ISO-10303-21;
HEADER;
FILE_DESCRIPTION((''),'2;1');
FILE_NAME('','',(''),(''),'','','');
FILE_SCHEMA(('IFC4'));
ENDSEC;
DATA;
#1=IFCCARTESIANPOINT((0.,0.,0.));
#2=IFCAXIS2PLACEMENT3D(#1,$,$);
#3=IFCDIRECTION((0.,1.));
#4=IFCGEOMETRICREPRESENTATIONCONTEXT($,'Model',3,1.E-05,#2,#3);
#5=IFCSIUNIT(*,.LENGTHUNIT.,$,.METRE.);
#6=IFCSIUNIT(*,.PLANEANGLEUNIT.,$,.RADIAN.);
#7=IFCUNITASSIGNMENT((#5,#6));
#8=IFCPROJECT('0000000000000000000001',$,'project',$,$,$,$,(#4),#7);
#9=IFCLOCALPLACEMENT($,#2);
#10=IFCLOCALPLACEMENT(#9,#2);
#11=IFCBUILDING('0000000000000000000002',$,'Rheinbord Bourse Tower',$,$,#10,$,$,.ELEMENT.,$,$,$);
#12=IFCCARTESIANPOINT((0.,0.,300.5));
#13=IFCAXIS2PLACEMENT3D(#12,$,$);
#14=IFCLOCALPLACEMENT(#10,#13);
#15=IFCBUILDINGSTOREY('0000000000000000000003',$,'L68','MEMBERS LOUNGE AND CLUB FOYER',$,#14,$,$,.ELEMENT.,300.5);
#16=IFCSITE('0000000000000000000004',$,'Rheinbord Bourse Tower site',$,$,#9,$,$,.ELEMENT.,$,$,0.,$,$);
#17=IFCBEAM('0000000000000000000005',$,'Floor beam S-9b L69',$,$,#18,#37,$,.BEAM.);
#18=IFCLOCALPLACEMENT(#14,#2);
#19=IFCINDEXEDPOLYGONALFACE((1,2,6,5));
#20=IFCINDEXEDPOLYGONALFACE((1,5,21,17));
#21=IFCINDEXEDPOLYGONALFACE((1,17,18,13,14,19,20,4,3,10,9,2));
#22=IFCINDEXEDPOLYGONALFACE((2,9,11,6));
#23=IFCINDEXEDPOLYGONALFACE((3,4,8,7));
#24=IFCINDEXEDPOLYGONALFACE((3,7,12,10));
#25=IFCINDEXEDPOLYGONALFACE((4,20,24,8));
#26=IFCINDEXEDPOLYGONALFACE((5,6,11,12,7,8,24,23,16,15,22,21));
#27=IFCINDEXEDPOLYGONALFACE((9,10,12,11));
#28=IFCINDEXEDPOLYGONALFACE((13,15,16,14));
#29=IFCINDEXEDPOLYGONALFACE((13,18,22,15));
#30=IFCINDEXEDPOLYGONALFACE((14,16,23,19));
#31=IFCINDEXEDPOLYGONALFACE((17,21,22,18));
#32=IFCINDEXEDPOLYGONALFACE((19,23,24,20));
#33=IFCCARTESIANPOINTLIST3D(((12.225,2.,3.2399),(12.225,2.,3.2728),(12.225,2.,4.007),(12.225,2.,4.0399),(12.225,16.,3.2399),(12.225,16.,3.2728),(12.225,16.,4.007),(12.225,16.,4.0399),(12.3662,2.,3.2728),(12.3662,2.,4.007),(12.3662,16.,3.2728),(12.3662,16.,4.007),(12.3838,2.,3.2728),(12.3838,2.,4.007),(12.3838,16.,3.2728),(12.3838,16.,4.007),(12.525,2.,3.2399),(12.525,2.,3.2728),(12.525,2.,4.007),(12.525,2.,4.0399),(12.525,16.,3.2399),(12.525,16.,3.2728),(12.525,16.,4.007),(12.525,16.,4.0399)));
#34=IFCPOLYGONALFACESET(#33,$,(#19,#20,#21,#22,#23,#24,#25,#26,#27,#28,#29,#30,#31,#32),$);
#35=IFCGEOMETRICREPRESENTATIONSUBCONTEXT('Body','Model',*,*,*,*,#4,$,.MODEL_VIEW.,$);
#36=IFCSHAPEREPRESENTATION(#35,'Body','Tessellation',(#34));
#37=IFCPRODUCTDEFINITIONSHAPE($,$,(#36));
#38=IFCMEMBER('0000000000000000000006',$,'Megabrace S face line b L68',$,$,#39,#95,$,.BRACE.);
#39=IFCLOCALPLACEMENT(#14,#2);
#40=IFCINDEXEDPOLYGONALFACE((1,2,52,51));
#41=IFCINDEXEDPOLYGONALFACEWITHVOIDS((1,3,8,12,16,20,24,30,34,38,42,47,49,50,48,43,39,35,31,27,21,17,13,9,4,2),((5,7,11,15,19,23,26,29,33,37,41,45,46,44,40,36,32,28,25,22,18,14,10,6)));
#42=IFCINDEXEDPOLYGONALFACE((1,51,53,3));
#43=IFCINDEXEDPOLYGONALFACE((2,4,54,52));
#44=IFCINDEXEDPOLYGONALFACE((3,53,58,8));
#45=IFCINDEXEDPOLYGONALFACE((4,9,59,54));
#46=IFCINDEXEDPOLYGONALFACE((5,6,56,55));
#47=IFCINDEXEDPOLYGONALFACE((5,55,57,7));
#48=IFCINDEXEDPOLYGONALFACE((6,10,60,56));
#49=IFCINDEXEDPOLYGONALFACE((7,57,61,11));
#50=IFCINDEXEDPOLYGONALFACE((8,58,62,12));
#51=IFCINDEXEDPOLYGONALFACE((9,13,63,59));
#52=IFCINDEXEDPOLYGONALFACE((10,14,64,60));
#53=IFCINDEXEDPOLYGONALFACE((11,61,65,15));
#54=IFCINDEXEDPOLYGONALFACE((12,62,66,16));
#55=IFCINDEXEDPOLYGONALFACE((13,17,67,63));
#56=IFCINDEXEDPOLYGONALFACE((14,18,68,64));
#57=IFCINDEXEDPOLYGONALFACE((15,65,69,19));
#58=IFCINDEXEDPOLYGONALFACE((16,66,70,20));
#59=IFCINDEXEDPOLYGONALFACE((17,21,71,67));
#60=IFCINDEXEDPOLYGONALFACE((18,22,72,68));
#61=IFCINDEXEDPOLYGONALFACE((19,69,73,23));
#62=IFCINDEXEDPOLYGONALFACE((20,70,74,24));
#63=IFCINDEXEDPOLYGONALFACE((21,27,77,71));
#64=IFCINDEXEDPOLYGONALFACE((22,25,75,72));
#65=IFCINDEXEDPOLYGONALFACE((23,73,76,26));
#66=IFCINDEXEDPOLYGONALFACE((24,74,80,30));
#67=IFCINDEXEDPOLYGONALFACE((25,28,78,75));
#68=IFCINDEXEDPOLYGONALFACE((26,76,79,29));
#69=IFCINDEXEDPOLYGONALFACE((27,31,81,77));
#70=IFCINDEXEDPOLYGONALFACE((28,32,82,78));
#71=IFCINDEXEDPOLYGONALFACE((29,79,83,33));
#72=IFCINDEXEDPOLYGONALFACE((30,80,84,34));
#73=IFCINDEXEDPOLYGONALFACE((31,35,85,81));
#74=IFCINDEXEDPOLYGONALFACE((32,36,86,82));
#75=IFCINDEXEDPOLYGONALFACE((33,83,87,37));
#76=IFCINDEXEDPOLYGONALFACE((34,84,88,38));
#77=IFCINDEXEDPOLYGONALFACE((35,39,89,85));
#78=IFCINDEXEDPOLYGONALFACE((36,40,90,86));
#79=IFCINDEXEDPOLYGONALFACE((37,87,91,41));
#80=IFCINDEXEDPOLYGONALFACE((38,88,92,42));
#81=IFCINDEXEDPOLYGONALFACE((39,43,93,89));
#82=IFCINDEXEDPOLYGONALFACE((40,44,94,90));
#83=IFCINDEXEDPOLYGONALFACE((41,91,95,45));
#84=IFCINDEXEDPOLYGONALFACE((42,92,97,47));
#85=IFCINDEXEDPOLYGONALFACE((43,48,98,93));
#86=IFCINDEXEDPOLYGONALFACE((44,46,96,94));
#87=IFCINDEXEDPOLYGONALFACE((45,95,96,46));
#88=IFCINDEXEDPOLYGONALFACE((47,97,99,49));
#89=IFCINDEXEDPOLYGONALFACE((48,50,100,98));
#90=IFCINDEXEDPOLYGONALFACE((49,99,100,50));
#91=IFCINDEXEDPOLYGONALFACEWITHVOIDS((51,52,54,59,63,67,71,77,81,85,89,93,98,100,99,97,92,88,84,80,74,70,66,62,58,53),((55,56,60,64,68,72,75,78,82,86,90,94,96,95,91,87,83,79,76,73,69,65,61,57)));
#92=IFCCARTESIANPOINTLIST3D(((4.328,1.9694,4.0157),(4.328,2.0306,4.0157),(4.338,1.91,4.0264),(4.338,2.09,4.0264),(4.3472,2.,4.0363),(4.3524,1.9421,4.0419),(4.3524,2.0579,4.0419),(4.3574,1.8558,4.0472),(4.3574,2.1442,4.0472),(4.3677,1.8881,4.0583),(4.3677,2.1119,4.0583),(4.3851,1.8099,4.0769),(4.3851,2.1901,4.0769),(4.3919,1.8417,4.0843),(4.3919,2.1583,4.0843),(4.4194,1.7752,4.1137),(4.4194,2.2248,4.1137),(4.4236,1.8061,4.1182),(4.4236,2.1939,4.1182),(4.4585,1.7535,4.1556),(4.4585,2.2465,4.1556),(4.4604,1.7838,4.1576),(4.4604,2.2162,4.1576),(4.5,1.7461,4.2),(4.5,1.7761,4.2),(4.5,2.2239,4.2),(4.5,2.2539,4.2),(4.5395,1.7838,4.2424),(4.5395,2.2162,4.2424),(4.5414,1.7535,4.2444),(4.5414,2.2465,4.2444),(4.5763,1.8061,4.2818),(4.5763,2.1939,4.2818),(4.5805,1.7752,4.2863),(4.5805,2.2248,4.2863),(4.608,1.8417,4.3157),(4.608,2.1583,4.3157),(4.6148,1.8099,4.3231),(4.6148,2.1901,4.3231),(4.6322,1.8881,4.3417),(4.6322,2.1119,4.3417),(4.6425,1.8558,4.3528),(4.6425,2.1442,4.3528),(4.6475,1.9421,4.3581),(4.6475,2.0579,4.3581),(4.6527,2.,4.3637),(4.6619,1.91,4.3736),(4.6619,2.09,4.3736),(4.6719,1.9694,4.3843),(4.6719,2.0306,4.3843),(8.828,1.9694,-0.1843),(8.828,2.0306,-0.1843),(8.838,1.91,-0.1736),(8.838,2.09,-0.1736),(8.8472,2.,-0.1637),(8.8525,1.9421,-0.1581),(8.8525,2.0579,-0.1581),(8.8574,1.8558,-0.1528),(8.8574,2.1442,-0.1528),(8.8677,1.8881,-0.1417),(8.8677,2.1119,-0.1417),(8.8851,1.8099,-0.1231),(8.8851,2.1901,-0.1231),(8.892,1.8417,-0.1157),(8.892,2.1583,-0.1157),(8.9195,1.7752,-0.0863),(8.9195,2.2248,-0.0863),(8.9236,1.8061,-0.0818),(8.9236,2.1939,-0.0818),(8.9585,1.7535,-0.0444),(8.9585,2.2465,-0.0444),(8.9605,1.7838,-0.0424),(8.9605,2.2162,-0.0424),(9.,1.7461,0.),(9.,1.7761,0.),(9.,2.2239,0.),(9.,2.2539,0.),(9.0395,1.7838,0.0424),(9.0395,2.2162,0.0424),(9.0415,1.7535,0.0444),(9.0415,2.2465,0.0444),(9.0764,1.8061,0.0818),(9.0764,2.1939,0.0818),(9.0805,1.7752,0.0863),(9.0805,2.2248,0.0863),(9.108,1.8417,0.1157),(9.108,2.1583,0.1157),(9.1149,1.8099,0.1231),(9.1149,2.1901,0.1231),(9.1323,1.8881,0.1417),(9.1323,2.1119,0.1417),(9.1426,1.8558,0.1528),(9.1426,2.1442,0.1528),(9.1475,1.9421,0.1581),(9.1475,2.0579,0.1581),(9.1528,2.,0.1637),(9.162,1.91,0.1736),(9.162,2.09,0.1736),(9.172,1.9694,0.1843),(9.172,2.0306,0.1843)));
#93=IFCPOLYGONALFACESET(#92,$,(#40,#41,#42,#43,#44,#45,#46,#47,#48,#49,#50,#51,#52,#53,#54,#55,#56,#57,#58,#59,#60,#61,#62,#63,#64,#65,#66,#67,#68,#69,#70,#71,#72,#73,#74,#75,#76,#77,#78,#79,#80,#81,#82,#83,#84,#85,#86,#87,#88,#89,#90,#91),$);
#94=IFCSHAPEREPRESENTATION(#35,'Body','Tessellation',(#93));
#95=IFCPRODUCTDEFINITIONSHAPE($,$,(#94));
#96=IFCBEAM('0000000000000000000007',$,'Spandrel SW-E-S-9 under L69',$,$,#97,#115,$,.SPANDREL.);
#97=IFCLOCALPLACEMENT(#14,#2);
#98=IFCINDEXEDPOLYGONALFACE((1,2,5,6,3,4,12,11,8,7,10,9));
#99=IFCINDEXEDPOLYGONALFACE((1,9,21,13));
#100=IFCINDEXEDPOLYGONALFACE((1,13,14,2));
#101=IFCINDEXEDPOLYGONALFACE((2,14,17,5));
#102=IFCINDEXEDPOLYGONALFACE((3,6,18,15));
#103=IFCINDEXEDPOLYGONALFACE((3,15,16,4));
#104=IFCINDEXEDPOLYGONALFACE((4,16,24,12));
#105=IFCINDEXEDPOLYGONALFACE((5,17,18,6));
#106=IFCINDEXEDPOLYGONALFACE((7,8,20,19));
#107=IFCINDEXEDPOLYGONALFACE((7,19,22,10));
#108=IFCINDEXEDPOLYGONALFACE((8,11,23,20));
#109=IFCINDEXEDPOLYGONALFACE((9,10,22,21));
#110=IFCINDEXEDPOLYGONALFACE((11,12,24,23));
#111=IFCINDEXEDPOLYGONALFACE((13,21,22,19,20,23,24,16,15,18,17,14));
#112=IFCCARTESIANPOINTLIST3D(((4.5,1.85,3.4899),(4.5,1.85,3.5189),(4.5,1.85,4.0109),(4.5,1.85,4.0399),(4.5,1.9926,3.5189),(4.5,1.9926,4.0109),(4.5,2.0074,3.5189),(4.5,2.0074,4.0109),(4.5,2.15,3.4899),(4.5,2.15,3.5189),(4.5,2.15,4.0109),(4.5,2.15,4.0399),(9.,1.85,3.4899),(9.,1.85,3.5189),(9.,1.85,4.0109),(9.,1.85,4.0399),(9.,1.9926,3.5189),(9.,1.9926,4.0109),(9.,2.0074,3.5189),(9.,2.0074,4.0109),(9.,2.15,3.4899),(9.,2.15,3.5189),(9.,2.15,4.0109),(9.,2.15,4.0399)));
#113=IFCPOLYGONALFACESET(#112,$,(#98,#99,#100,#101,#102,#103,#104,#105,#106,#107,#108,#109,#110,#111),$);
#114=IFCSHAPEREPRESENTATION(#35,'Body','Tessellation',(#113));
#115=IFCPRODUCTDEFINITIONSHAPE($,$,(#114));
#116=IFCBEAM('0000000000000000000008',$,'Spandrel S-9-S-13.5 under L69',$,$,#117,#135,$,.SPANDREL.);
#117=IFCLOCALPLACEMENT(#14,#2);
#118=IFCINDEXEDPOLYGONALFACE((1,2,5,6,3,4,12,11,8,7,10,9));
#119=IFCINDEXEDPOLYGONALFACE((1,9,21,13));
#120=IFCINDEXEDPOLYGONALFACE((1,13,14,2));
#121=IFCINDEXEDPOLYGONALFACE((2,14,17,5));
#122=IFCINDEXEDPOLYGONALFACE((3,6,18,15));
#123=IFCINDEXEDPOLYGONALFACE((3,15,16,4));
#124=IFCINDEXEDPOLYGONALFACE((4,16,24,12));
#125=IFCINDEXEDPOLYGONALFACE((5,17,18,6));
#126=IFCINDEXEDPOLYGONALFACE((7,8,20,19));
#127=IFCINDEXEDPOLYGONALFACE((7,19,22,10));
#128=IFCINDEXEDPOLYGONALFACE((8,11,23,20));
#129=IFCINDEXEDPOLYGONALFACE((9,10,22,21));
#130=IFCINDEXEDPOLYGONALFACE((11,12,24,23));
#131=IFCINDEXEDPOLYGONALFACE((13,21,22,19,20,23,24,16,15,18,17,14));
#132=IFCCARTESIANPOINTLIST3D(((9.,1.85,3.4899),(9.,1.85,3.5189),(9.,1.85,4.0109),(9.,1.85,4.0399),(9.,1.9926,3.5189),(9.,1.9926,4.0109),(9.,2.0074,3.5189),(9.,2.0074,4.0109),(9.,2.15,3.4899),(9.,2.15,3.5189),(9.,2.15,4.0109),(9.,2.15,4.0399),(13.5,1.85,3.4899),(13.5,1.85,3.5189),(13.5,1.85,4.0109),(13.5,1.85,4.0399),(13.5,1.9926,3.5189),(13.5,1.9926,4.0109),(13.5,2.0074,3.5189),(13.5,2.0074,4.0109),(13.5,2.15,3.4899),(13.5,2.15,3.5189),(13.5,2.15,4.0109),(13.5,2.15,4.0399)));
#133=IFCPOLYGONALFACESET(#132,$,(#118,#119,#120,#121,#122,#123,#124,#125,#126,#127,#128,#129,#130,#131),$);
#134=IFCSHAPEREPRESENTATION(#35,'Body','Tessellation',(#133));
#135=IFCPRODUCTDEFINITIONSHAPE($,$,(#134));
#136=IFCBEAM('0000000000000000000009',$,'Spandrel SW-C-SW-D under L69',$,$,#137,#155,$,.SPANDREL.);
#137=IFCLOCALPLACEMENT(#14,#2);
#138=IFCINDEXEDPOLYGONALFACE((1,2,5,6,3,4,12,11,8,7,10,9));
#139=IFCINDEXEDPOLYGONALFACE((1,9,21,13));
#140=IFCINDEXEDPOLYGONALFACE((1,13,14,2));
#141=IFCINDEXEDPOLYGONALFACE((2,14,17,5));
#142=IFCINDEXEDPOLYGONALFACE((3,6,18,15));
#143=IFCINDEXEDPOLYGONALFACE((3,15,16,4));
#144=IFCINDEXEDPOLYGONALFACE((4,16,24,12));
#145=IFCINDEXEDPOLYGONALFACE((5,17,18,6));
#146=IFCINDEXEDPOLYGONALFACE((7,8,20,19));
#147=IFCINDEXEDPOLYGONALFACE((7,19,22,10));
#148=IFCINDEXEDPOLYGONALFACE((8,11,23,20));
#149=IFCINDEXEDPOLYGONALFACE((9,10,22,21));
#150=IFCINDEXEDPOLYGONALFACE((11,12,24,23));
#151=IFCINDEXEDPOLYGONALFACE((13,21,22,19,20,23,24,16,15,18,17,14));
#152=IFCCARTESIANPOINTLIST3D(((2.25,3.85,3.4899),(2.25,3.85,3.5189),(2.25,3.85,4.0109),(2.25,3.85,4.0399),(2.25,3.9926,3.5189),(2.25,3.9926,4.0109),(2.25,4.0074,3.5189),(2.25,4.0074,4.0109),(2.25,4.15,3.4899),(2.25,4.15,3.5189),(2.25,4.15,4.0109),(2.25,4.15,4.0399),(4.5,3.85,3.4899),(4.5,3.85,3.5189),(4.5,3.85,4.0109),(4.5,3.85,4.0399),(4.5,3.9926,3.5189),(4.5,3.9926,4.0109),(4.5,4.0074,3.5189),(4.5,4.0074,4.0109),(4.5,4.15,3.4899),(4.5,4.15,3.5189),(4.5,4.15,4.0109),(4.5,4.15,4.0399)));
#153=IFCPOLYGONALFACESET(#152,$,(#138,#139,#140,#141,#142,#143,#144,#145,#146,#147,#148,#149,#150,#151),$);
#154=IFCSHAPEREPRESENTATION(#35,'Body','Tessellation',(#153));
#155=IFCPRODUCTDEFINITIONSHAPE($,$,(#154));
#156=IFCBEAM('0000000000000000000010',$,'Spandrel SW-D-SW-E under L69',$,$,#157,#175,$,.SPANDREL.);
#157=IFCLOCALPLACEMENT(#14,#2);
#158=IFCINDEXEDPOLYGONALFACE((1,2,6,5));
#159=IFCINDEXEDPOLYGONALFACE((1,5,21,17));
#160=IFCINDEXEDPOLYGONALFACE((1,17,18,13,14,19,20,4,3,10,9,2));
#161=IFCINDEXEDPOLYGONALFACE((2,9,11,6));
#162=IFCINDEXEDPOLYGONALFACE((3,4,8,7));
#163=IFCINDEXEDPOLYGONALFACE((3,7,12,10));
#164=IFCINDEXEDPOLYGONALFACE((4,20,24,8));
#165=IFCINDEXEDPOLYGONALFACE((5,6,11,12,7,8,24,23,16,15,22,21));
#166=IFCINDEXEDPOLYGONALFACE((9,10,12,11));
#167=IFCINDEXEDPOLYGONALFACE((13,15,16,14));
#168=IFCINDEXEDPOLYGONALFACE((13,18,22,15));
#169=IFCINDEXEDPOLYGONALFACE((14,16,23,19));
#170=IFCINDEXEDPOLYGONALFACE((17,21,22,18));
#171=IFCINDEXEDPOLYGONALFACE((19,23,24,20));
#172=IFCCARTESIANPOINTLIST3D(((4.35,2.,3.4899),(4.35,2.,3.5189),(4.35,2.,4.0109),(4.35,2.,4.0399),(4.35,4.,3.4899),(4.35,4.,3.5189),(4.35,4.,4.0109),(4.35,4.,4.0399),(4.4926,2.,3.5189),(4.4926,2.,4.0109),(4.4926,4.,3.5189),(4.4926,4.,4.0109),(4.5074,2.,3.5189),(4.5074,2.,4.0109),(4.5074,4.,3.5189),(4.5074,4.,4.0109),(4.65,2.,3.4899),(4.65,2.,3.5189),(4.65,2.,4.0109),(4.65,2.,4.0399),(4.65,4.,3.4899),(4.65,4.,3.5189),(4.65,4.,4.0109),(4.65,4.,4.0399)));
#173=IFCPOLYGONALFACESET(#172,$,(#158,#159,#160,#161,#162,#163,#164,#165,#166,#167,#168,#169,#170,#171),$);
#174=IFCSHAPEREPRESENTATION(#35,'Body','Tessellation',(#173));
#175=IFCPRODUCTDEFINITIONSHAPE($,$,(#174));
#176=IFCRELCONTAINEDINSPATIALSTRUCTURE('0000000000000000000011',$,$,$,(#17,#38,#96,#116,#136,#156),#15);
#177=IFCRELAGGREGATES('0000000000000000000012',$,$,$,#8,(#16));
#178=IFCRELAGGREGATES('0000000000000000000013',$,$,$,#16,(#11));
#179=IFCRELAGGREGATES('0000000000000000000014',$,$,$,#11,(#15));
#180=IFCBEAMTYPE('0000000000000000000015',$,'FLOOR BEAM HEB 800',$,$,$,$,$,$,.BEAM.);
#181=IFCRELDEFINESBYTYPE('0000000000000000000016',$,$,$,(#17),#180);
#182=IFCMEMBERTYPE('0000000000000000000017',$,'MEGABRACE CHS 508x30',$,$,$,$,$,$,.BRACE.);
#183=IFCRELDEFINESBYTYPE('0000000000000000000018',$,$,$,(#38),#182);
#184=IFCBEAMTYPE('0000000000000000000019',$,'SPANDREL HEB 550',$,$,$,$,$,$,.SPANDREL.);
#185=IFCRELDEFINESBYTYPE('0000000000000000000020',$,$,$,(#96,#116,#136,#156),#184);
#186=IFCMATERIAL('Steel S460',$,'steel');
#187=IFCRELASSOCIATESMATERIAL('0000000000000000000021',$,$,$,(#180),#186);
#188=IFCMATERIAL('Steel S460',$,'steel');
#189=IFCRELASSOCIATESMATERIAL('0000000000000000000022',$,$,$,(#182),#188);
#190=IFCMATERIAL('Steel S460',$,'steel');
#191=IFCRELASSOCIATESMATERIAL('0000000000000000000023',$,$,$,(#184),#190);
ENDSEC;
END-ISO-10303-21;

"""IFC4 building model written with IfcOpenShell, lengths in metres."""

from ifc_helpers import new_model, si_unit, direction, frame, origin, origin_2d, place, context, subcontext, project, spatial, hollow_circle, i_section, extrude, material, material_profile, profile_set, type_object, element, save


model = new_model("IFC4")

# Units and contexts
model_context = context("Model", 3, precision=1e-05, world=origin(), true_north=direction((0.0, 1.0)))
body_context = subcontext(model_context, "Body", "Model", "MODEL_VIEW")
ifc_project = project(units=[si_unit("LENGTHUNIT", "METRE"), si_unit("PLANEANGLEUNIT", "RADIAN")], contexts=[model_context])

# Site, building, storey
site_placement = place(None, origin())
site = spatial("IfcSite", under=ifc_project, at=site_placement, Name="Rheinbord Bourse Tower site", CompositionType="ELEMENT", RefElevation=0.0)
building_placement = place(site_placement, origin())
building = spatial("IfcBuilding", under=site, at=building_placement, Name="Rheinbord Bourse Tower", CompositionType="ELEMENT")
storey_placement = place(building_placement, frame((0.0, 0.0, 300.5)))
storey = spatial("IfcBuildingStorey", under=building, at=storey_placement, Name="L68", Description="MEMBERS LOUNGE AND CLUB FOYER", CompositionType="ELEMENT", Elevation=300.5)

# Beam
ifc_material_1 = material(Name="Steel S460", Category="steel")
ifc_material_profile_1 = material_profile(ifc_material_1, i_section(OverallWidth=0.3, OverallDepth=0.8, WebThickness=0.0176, FlangeThickness=0.033, at=origin_2d()), Name="HEB 800")
ifc_profile_set_1 = profile_set([ifc_material_profile_1], Name="Steel S460")
beam_type_1 = type_object("IfcBeamType", Name="FLOOR BEAM HEB 800", PredefinedType="BEAM", material=ifc_profile_set_1)
for number, where, z_axis, x_axis, name in (
    (1, (12.375, 2.0, 3.6399), (0.0, 1.0, 0.0), (-1.0, 0.0, 0.0), "Floor beam S-9b L69"),
):
    element("IfcBeam", number, at=place(storey_placement, frame(where, z_axis=z_axis, x_axis=x_axis)), inside=storey, type_object=beam_type_1, Name=name, PredefinedType="BEAM", context=body_context, shape_type="SweptSolid", body=[
        extrude(i_section(OverallWidth=0.3, OverallDepth=0.8, WebThickness=0.0176, FlangeThickness=0.033, at=origin_2d()), origin(), (0.0, 0.0, 1.0), 14.0),
    ])

# Member
ifc_material_2 = material(Name="Steel S460", Category="steel")
ifc_material_profile_2 = material_profile(ifc_material_2, hollow_circle(Radius=0.2539, WallThickness=0.03, at=origin_2d()), Name="CHS 508x30")
ifc_profile_set_2 = profile_set([ifc_material_profile_2], Name="Steel S460")
member_type_1 = type_object("IfcMemberType", Name="MEGABRACE CHS 508x30", PredefinedType="BRACE", material=ifc_profile_set_2)
member_1_placement = place(storey_placement, frame((9.0, 2.0, 0.0), z_axis=(-0.731059, 0.0, 0.682314), x_axis=(0.0, -1.0, 0.0)))
element("IfcMember", 2, at=member_1_placement, inside=storey, type_object=member_type_1, Name="Megabrace S face line b L68", PredefinedType="BRACE", context=body_context, shape_type="SweptSolid", body=[
    extrude(hollow_circle(Radius=0.2539, WallThickness=0.03, at=origin_2d()), origin(), (0.0, 0.0, 1.0), 6.1555),
])

# Beams
ifc_material_3 = material(Name="Steel S460", Category="steel")
ifc_material_profile_3 = material_profile(ifc_material_3, i_section(OverallWidth=0.3, OverallDepth=0.55, WebThickness=0.0149, FlangeThickness=0.0291, at=origin_2d()), Name="HEB 550")
ifc_profile_set_3 = profile_set([ifc_material_profile_3], Name="Steel S460")
beam_type_2 = type_object("IfcBeamType", Name="SPANDREL HEB 550", PredefinedType="SPANDREL", material=ifc_profile_set_3)
for number, where, z_axis, x_axis, name in (
    (3, (4.5, 2.0, 3.7649), (1.0, 0.0, 0.0), (0.0, 1.0, 0.0), "Spandrel SW-E-S-9 under L69"),
    (4, (9.0, 2.0, 3.7649), (1.0, 0.0, 0.0), (0.0, 1.0, 0.0), "Spandrel S-9-S-13.5 under L69"),
):
    element("IfcBeam", number, at=place(storey_placement, frame(where, z_axis=z_axis, x_axis=x_axis)), inside=storey, type_object=beam_type_2, Name=name, PredefinedType="SPANDREL", context=body_context, shape_type="SweptSolid", body=[
        extrude(i_section(OverallWidth=0.3, OverallDepth=0.55, WebThickness=0.0149, FlangeThickness=0.0291, at=origin_2d()), origin(), (0.0, 0.0, 1.0), 4.5),
    ])
beam_1_placement = place(storey_placement, frame((2.25, 4.0, 3.7649), z_axis=(1.0, 0.0, 0.0), x_axis=(0.0, 1.0, 0.0)))
element("IfcBeam", 5, at=beam_1_placement, inside=storey, type_object=beam_type_2, Name="Spandrel SW-C-SW-D under L69", PredefinedType="SPANDREL", context=body_context, shape_type="SweptSolid", body=[
    extrude(i_section(OverallWidth=0.3, OverallDepth=0.55, WebThickness=0.0149, FlangeThickness=0.0291, at=origin_2d()), origin(), (0.0, 0.0, 1.0), 2.25),
])
beam_2_placement = place(storey_placement, frame((4.5, 4.0, 3.7649), z_axis=(0.0, -1.0, 0.0), x_axis=(1.0, 0.0, 0.0)))
element("IfcBeam", 6, at=beam_2_placement, inside=storey, type_object=beam_type_2, Name="Spandrel SW-D-SW-E under L69", PredefinedType="SPANDREL", context=body_context, shape_type="SweptSolid", body=[
    extrude(i_section(OverallWidth=0.3, OverallDepth=0.55, WebThickness=0.0149, FlangeThickness=0.0291, at=origin_2d()), origin(), (0.0, 0.0, 1.0), 2.0),
])

save(model, "model.ifc")
